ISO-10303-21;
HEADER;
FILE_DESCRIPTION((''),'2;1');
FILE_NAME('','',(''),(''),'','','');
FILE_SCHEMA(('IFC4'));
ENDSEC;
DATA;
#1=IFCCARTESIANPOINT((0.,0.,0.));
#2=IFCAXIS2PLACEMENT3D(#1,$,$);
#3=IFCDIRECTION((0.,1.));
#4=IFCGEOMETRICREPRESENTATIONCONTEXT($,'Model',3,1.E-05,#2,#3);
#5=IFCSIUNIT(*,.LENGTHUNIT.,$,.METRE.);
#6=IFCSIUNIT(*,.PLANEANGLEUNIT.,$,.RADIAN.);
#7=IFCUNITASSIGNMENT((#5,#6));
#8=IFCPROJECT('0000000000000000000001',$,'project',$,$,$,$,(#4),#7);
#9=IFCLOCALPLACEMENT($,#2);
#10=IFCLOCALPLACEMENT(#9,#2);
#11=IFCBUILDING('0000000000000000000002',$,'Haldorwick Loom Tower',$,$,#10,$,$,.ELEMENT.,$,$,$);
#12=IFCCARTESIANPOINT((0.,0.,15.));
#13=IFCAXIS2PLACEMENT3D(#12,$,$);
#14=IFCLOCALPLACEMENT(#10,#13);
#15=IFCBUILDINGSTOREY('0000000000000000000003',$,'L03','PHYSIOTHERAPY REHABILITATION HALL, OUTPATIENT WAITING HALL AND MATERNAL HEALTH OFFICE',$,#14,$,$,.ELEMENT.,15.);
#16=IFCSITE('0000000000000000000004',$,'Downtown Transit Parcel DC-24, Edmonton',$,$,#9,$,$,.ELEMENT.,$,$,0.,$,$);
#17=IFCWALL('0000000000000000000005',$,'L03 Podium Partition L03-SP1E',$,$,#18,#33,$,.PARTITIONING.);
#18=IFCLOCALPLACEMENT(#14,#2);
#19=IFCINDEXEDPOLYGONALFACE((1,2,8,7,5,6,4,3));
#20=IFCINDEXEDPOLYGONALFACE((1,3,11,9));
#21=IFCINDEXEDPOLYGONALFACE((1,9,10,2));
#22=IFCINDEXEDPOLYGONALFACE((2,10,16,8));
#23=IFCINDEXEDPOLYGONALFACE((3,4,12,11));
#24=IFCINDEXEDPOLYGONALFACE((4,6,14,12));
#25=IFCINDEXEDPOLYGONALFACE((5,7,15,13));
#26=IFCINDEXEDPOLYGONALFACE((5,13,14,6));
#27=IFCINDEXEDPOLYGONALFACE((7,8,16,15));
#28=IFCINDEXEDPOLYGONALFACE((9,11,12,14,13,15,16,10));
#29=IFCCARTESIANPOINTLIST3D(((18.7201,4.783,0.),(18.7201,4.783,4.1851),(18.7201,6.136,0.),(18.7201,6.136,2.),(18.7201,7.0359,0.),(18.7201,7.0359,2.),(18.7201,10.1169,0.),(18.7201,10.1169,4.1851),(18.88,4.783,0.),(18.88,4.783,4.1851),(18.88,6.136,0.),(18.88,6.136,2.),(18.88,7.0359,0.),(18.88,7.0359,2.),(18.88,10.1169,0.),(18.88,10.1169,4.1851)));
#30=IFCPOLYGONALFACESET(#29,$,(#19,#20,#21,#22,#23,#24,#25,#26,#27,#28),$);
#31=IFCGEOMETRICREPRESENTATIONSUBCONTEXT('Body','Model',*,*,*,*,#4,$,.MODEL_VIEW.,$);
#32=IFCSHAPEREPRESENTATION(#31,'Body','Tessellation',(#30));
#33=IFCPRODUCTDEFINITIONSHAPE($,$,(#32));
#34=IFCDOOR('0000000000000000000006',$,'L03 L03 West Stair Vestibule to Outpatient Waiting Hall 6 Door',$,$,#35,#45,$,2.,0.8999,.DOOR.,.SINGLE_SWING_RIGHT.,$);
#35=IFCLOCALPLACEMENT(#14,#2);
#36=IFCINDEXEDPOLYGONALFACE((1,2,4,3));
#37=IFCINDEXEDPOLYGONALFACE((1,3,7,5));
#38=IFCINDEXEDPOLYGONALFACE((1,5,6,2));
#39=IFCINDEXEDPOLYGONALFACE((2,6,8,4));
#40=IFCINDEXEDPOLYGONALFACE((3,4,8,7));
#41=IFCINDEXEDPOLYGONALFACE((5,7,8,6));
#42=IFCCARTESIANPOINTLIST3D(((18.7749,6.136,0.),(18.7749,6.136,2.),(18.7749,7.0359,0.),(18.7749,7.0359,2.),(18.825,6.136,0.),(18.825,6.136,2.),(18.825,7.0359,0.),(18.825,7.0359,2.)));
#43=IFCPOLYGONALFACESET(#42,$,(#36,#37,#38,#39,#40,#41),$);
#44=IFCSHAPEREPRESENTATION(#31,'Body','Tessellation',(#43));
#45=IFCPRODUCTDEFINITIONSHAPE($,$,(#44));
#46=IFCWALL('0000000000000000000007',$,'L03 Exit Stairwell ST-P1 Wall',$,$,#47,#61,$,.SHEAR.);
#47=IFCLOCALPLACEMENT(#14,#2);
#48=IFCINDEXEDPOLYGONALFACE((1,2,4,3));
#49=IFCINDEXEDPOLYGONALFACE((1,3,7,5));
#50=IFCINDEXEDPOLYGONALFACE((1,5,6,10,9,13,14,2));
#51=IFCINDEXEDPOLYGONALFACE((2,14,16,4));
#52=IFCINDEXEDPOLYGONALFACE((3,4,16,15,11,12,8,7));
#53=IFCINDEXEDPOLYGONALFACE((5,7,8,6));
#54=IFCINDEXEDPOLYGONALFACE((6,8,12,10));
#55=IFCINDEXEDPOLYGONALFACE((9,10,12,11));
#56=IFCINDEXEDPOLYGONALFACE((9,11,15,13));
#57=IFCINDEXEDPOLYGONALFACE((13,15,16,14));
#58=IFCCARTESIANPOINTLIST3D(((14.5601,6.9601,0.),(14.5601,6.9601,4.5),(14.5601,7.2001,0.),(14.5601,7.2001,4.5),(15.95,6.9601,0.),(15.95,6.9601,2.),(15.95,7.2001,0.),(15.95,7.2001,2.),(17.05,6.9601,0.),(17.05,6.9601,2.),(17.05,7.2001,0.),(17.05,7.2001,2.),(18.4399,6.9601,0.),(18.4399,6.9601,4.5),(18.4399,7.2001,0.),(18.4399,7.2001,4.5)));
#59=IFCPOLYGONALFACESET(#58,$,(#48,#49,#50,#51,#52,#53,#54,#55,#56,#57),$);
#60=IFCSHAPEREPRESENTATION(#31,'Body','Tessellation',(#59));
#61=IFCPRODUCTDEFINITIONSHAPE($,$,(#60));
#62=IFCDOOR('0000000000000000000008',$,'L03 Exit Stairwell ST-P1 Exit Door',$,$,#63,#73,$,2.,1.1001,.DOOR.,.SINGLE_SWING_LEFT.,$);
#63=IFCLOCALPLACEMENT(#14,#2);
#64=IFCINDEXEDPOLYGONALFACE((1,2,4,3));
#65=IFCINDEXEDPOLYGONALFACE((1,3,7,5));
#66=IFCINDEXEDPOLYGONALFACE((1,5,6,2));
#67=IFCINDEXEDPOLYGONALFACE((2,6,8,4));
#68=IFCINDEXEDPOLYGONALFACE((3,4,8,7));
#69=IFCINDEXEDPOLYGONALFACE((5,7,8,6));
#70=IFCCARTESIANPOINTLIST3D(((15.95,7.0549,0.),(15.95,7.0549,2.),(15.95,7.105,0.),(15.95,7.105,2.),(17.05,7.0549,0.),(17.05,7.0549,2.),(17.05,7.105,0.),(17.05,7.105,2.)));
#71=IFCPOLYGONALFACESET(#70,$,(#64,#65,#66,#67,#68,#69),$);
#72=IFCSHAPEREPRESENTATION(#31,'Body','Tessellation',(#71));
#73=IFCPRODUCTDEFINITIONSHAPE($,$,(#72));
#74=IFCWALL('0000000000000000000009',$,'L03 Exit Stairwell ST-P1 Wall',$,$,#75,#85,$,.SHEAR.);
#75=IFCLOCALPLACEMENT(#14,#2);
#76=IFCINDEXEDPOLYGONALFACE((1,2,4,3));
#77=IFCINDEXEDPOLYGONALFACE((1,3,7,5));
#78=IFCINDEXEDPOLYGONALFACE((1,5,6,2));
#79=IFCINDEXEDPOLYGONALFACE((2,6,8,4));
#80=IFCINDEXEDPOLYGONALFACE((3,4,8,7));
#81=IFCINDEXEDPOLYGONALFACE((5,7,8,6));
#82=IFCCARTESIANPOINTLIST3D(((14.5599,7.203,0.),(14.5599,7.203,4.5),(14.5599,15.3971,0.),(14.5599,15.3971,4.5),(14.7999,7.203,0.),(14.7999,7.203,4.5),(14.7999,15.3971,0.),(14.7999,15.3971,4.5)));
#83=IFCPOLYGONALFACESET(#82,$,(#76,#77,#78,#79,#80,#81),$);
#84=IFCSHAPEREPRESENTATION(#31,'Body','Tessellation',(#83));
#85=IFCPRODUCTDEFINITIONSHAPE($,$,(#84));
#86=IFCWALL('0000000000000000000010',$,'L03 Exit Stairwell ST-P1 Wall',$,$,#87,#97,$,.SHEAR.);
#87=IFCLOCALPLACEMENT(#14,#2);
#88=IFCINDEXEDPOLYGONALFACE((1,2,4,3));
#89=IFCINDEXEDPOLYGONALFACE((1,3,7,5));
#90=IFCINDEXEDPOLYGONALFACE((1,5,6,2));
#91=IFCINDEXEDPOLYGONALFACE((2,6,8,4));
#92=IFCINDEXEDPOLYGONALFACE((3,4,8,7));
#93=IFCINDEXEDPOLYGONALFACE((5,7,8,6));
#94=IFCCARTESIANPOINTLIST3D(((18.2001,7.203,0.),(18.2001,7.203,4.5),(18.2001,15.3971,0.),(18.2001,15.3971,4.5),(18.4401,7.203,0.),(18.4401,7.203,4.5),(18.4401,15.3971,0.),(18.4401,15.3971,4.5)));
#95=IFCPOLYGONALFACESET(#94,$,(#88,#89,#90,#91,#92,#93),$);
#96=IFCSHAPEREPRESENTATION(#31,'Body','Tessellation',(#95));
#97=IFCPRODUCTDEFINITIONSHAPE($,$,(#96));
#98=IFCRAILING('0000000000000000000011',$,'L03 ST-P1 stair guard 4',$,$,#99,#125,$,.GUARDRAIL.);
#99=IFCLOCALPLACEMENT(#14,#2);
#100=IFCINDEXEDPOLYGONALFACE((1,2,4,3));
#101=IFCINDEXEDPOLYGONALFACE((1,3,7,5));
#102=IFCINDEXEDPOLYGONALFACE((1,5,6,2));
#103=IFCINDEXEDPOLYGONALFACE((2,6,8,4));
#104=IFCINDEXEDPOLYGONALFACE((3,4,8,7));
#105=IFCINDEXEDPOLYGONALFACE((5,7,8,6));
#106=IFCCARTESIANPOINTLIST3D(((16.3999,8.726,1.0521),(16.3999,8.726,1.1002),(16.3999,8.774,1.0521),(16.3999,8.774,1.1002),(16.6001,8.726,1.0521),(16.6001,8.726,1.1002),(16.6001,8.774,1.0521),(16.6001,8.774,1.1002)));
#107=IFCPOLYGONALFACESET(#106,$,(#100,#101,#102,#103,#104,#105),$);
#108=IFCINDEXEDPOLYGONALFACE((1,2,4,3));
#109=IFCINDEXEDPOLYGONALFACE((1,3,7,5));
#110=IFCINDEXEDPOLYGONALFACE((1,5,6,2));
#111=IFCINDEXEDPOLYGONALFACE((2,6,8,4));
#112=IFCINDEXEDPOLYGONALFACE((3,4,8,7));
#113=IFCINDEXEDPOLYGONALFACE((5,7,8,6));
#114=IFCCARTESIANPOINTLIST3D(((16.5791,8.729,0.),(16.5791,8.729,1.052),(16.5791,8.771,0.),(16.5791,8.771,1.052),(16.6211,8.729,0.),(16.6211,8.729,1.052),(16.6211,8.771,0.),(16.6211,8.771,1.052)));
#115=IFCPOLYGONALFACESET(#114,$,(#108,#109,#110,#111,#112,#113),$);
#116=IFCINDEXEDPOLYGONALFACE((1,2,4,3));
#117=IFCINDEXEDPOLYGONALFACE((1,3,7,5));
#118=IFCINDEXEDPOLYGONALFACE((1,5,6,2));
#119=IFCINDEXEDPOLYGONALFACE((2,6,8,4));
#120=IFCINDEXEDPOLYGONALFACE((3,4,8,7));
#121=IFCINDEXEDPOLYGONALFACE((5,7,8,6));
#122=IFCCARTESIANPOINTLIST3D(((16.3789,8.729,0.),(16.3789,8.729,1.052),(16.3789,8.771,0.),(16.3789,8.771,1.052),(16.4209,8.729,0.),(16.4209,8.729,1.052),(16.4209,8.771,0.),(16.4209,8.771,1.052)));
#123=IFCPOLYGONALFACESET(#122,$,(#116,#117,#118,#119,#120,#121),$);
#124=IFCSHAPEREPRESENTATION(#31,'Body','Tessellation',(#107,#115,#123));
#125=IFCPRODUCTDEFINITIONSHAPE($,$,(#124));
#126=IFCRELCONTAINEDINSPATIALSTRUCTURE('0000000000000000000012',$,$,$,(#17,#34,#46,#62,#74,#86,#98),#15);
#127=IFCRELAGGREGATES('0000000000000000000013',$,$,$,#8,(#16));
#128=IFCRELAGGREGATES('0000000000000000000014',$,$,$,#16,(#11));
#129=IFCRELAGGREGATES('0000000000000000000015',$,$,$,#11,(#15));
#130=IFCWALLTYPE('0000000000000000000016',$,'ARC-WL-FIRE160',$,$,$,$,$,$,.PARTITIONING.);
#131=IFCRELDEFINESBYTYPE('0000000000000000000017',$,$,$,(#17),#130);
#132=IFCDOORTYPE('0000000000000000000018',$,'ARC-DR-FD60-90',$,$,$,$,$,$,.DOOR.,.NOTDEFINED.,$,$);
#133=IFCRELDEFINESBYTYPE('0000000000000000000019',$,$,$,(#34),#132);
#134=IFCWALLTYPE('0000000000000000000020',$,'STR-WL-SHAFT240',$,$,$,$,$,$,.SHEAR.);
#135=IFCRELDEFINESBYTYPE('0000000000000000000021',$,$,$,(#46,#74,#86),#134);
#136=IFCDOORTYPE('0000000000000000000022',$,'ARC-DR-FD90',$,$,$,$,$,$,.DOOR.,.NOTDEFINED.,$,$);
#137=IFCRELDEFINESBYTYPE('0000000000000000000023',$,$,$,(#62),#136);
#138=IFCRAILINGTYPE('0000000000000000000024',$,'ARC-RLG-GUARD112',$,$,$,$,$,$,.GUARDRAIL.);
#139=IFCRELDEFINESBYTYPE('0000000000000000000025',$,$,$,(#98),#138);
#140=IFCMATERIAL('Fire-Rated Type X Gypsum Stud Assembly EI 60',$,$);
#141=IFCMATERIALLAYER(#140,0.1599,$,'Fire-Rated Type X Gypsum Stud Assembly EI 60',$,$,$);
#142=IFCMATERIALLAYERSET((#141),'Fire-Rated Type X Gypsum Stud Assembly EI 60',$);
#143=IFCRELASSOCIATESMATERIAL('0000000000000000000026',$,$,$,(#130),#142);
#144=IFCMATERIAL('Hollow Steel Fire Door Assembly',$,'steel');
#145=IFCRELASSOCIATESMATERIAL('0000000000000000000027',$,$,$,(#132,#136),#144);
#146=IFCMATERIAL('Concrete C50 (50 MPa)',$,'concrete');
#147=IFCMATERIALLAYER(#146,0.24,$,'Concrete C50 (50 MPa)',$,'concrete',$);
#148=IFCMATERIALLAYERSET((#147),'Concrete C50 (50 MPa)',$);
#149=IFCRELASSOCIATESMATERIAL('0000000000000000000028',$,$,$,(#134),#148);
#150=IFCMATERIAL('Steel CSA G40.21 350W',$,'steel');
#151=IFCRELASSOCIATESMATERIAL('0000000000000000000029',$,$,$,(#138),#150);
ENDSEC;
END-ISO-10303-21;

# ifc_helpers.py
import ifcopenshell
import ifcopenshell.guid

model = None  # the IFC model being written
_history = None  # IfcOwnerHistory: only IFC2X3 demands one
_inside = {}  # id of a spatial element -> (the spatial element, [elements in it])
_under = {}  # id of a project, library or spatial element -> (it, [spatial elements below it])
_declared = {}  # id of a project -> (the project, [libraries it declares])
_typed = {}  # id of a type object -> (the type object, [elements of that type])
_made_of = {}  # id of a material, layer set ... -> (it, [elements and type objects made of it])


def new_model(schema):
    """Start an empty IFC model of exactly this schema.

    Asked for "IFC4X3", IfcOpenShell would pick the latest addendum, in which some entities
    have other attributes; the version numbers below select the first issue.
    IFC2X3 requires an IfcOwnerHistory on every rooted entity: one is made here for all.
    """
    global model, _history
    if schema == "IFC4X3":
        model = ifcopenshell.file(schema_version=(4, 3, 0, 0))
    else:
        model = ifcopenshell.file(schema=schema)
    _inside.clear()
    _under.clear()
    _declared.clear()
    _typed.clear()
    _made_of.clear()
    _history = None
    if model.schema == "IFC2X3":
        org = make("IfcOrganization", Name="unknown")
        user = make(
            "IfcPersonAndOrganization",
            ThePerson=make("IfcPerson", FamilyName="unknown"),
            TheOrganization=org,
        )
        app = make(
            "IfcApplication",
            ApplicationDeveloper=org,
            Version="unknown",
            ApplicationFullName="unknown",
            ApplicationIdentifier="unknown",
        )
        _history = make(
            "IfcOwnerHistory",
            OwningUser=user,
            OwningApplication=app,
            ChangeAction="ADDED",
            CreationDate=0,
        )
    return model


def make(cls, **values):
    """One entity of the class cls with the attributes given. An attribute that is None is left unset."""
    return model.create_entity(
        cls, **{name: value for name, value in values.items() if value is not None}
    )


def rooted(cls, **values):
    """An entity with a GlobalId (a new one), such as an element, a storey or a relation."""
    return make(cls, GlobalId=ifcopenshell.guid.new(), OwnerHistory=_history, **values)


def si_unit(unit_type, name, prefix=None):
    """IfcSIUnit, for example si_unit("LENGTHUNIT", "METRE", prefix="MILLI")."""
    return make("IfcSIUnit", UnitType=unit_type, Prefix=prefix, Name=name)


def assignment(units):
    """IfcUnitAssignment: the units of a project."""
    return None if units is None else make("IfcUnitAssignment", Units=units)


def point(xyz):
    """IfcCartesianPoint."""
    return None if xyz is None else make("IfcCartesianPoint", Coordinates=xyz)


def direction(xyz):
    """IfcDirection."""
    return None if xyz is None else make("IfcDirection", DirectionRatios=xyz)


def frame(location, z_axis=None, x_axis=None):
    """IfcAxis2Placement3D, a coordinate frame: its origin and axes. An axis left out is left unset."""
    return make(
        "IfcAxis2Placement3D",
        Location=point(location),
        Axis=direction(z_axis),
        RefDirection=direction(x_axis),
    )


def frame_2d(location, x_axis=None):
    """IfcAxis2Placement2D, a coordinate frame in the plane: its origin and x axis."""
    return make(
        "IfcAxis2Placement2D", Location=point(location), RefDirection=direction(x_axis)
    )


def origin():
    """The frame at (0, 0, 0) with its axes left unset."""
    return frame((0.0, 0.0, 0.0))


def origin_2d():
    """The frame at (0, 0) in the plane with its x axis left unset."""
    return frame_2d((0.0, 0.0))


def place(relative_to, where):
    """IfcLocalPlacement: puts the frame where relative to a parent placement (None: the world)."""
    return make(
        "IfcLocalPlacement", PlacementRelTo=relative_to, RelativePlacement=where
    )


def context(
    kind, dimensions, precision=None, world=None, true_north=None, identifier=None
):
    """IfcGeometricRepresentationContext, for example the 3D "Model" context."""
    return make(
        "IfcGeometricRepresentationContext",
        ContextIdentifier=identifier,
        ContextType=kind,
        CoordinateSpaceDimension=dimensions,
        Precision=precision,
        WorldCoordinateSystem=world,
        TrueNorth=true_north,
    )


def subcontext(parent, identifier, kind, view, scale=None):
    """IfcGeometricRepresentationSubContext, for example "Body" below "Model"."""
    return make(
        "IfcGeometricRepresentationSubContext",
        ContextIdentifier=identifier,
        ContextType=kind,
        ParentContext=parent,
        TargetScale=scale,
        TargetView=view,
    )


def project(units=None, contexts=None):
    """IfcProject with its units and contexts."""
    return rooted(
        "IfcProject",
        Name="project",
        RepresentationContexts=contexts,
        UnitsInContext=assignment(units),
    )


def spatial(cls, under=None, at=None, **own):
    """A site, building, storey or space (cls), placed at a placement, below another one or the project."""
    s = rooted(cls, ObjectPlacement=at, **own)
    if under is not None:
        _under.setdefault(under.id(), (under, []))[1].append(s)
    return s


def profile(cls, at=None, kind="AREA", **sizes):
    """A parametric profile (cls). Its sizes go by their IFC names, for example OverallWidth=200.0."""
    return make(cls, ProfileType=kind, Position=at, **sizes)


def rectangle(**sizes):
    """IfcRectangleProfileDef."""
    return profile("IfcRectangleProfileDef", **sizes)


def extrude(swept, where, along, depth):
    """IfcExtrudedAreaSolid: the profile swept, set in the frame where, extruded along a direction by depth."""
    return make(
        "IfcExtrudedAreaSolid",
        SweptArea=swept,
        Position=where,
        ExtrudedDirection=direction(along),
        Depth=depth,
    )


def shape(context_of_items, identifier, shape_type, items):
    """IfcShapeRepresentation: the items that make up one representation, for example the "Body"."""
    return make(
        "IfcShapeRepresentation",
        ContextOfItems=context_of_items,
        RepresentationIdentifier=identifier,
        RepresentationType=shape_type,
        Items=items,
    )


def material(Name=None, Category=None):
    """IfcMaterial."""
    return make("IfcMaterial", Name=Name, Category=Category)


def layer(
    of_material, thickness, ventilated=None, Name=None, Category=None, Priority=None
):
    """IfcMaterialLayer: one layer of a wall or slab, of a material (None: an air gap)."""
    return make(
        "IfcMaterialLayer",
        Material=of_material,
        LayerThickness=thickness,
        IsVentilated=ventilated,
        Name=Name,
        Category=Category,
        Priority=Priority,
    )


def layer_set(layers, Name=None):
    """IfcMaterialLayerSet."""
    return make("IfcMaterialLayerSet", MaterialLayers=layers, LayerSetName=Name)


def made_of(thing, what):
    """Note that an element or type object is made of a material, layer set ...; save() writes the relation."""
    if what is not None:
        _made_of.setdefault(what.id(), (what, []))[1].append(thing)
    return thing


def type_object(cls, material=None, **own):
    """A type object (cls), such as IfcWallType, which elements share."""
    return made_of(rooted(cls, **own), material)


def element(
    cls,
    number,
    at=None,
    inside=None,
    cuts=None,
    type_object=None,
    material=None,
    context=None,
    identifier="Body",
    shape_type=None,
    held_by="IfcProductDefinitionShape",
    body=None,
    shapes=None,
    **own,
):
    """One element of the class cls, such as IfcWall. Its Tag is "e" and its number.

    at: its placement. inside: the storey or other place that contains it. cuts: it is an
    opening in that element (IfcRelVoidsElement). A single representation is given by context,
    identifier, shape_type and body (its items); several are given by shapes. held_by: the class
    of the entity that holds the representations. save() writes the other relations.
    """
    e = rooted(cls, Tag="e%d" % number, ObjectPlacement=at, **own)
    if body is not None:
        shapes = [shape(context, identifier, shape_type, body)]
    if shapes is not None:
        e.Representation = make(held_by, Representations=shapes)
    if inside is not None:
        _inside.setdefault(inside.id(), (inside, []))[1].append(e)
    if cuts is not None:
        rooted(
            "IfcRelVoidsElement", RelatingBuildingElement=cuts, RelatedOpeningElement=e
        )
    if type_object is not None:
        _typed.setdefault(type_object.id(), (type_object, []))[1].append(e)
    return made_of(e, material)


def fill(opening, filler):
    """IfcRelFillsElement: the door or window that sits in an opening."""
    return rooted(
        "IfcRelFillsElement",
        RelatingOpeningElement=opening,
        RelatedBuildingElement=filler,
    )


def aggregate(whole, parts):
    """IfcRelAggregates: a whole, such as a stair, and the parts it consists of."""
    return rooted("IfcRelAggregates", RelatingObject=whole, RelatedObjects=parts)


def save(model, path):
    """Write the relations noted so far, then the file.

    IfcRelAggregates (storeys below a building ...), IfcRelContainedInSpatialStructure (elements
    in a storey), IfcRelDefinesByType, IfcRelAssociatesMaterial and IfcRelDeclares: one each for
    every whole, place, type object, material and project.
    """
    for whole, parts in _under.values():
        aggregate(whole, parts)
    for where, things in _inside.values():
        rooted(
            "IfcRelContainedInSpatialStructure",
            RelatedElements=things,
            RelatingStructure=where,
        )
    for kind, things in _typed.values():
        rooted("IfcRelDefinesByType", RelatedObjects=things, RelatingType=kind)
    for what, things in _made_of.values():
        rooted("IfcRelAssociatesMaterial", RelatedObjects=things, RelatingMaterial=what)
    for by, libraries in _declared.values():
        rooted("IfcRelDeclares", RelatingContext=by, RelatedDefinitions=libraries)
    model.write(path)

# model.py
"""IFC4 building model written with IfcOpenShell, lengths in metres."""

from ifc_helpers import new_model, si_unit, direction, frame, frame_2d, origin, origin_2d, place, context, subcontext, project, spatial, rectangle, extrude, material, layer, layer_set, type_object, element, fill, save


model = new_model("IFC4")

# Units and contexts
model_context = context("Model", 3, precision=1e-05, world=origin(), true_north=direction((0.0, 1.0)))
body_context = subcontext(model_context, "Body", "Model", "MODEL_VIEW")
ifc_project = project(units=[si_unit("LENGTHUNIT", "METRE"), si_unit("PLANEANGLEUNIT", "RADIAN")], contexts=[model_context])

# Site, building, storey
site_placement = place(None, origin())
site = spatial("IfcSite", under=ifc_project, at=site_placement, Name="Downtown Transit Parcel DC-24, Edmonton", CompositionType="ELEMENT", RefElevation=0.0)
building_placement = place(site_placement, origin())
building = spatial("IfcBuilding", under=site, at=building_placement, Name="Haldorwick Loom Tower", CompositionType="ELEMENT")
storey_placement = place(building_placement, frame((0.0, 0.0, 15.0)))
storey = spatial("IfcBuildingStorey", under=building, at=storey_placement, Name="L03", Description="PHYSIOTHERAPY REHABILITATION HALL, OUTPATIENT WAITING HALL AND MATERNAL HEALTH OFFICE", CompositionType="ELEMENT", Elevation=15.0)

# Shared definitions
ifc_material_1 = material(Name="Steel CSA G40.21 350W", Category="steel")

# Shared definitions
ifc_material_2 = material(Name="Fire-Rated Type X Gypsum Stud Assembly EI 60")
ifc_layer_1 = layer(ifc_material_2, 0.1599, Name="Fire-Rated Type X Gypsum Stud Assembly EI 60")
ifc_layer_set_1 = layer_set([ifc_layer_1], Name="Fire-Rated Type X Gypsum Stud Assembly EI 60")
wall_type_1 = type_object("IfcWallType", Name="ARC-WL-FIRE160", PredefinedType="PARTITIONING", material=ifc_layer_set_1)

# Walls, openings, doors
wall_1_placement = place(storey_placement, frame((18.8, 4.783, 0.0), z_axis=(0.0, 0.0, 1.0), x_axis=(0.0, 1.0, 0.0)))
wall_1 = element("IfcWall", 1, at=wall_1_placement, inside=storey, type_object=wall_type_1, Name="L03 Podium Partition L03-SP1E", PredefinedType="PARTITIONING", context=body_context, shape_type="SweptSolid", body=[
    extrude(rectangle(XDim=5.334, YDim=0.1599, at=frame_2d((2.667, 0.0))), origin(), (0.0, 0.0, 1.0), 4.1851),
])
opening_1_placement = place(wall_1_placement, frame((1.353, 0.0, 0.0)))
opening_1 = element("IfcOpeningElement", 2, at=opening_1_placement, cuts=wall_1, PredefinedType="OPENING", context=body_context, shape_type="SweptSolid", body=[
    extrude(rectangle(XDim=0.8999, YDim=2.0, at=frame_2d((0.45, 1.0))), frame((0.0, 0.0898, 0.0), z_axis=(0.0, -1.0, 0.0), x_axis=(1.0, 0.0, 0.0)), (0.0, 0.0, 1.0), 0.1799),
])
ifc_material_3 = material(Name="Hollow Steel Fire Door Assembly", Category="steel")
door_type_1 = type_object("IfcDoorType", Name="ARC-DR-FD60-90", OperationType="NOTDEFINED", PredefinedType="DOOR", material=ifc_material_3)
door_1_placement = place(opening_1_placement, frame((0.8999, 0.0, 0.0), z_axis=(0.0, 0.0, 1.0), x_axis=(-1.0, 0.0, 0.0)))
door_1 = element("IfcDoor", 3, at=door_1_placement, inside=storey, type_object=door_type_1, Name="L03 L03 West Stair Vestibule to Outpatient Waiting Hall 6 Door", OperationType="SINGLE_SWING_RIGHT", OverallHeight=2.0, OverallWidth=0.8999, PredefinedType="DOOR", context=body_context, shape_type="SweptSolid", body=[
    extrude(rectangle(XDim=0.8999, YDim=2.0, at=frame_2d((0.45, 1.0))), frame((0.0, 0.0249, 0.0), z_axis=(0.0, -1.0, 0.0), x_axis=(1.0, 0.0, 0.0)), (0.0, 0.0, 1.0), 0.05),
])
fill(opening_1, door_1)
ifc_material_4 = material(Name="Concrete C50 (50 MPa)", Category="concrete")
ifc_layer_2 = layer(ifc_material_4, 0.24, Name="Concrete C50 (50 MPa)", Category="concrete")
ifc_layer_set_2 = layer_set([ifc_layer_2], Name="Concrete C50 (50 MPa)")
wall_type_2 = type_object("IfcWallType", Name="STR-WL-SHAFT240", PredefinedType="SHEAR", material=ifc_layer_set_2)
wall_2_placement = place(storey_placement, frame((14.5601, 7.0801, 0.0), z_axis=(0.0, 0.0, 1.0), x_axis=(1.0, 0.0, 0.0)))
wall_2 = element("IfcWall", 4, at=wall_2_placement, inside=storey, type_object=wall_type_2, Name="L03 Exit Stairwell ST-P1 Wall", PredefinedType="SHEAR", context=body_context, shape_type="SweptSolid", body=[
    extrude(rectangle(XDim=3.8799, YDim=0.24, at=frame_2d((1.9399, 0.0))), origin(), (0.0, 0.0, 1.0), 4.5),
])
opening_2_placement = place(wall_2_placement, frame((1.3899, 0.0, 0.0)))
opening_2 = element("IfcOpeningElement", 5, at=opening_2_placement, cuts=wall_2, PredefinedType="OPENING", context=body_context, shape_type="SweptSolid", body=[
    extrude(rectangle(XDim=1.1001, YDim=2.0, at=frame_2d((0.55, 1.0))), frame((0.0, 0.1299, 0.0), z_axis=(0.0, -1.0, 0.0), x_axis=(1.0, 0.0, 0.0)), (0.0, 0.0, 1.0), 0.26),
])
door_type_2 = type_object("IfcDoorType", Name="ARC-DR-FD90", OperationType="NOTDEFINED", PredefinedType="DOOR", material=ifc_material_3)
door_2_placement = place(opening_2_placement, origin())
door_2 = element("IfcDoor", 6, at=door_2_placement, inside=storey, type_object=door_type_2, Name="L03 Exit Stairwell ST-P1 Exit Door", OperationType="SINGLE_SWING_LEFT", OverallHeight=2.0, OverallWidth=1.1001, PredefinedType="DOOR", context=body_context, shape_type="SweptSolid", body=[
    extrude(rectangle(XDim=1.1001, YDim=2.0, at=frame_2d((0.55, 1.0))), frame((0.0, 0.0249, 0.0), z_axis=(0.0, -1.0, 0.0), x_axis=(1.0, 0.0, 0.0)), (0.0, 0.0, 1.0), 0.05),
])
fill(opening_2, door_2)

# Walls
for number, where, z_axis, x_axis, name in (
    (7, (14.6799, 7.2029, 0.0), (0.0, 0.0, 1.0), (0.0, 1.0, 0.0), "L03 Exit Stairwell ST-P1 Wall"),
    (8, (18.3201, 7.2029, 0.0), (0.0, 0.0, 1.0), (0.0, 1.0, 0.0), "L03 Exit Stairwell ST-P1 Wall"),
):
    element("IfcWall", number, at=place(storey_placement, frame(where, z_axis=z_axis, x_axis=x_axis)), inside=storey, type_object=wall_type_2, Name=name, PredefinedType="SHEAR", context=body_context, shape_type="SweptSolid", body=[
        extrude(rectangle(XDim=8.1941, YDim=0.24, at=frame_2d((4.0972, 0.0))), origin(), (0.0, 0.0, 1.0), 4.5),
    ])

# Railing
railing_type = type_object("IfcRailingType", Name="ARC-RLG-GUARD112", PredefinedType="GUARDRAIL", material=ifc_material_1)
railing_placement = place(storey_placement, frame((16.6001, 8.75, 0.0)))
element("IfcRailing", 9, at=railing_placement, inside=storey, type_object=railing_type, Name="L03 ST-P1 stair guard 4", PredefinedType="GUARDRAIL", context=body_context, shape_type="SweptSolid", body=[
    extrude(rectangle(XDim=0.0481, YDim=0.0481, at=origin_2d()), frame((0.0, 0.0, 1.0762), z_axis=(-1.0, 0.0, 0.0), x_axis=(0.0, -1.0, 0.0)), (0.0, 0.0, 1.0), 0.2002),
    extrude(rectangle(XDim=0.042, YDim=0.042, at=origin_2d()), origin(), (0.0, 0.0, 1.0), 1.052),
    extrude(rectangle(XDim=0.042, YDim=0.042, at=origin_2d()), frame((-0.2002, 0.0, 0.0)), (0.0, 0.0, 1.0), 1.052),
])

save(model, "model.ifc")
